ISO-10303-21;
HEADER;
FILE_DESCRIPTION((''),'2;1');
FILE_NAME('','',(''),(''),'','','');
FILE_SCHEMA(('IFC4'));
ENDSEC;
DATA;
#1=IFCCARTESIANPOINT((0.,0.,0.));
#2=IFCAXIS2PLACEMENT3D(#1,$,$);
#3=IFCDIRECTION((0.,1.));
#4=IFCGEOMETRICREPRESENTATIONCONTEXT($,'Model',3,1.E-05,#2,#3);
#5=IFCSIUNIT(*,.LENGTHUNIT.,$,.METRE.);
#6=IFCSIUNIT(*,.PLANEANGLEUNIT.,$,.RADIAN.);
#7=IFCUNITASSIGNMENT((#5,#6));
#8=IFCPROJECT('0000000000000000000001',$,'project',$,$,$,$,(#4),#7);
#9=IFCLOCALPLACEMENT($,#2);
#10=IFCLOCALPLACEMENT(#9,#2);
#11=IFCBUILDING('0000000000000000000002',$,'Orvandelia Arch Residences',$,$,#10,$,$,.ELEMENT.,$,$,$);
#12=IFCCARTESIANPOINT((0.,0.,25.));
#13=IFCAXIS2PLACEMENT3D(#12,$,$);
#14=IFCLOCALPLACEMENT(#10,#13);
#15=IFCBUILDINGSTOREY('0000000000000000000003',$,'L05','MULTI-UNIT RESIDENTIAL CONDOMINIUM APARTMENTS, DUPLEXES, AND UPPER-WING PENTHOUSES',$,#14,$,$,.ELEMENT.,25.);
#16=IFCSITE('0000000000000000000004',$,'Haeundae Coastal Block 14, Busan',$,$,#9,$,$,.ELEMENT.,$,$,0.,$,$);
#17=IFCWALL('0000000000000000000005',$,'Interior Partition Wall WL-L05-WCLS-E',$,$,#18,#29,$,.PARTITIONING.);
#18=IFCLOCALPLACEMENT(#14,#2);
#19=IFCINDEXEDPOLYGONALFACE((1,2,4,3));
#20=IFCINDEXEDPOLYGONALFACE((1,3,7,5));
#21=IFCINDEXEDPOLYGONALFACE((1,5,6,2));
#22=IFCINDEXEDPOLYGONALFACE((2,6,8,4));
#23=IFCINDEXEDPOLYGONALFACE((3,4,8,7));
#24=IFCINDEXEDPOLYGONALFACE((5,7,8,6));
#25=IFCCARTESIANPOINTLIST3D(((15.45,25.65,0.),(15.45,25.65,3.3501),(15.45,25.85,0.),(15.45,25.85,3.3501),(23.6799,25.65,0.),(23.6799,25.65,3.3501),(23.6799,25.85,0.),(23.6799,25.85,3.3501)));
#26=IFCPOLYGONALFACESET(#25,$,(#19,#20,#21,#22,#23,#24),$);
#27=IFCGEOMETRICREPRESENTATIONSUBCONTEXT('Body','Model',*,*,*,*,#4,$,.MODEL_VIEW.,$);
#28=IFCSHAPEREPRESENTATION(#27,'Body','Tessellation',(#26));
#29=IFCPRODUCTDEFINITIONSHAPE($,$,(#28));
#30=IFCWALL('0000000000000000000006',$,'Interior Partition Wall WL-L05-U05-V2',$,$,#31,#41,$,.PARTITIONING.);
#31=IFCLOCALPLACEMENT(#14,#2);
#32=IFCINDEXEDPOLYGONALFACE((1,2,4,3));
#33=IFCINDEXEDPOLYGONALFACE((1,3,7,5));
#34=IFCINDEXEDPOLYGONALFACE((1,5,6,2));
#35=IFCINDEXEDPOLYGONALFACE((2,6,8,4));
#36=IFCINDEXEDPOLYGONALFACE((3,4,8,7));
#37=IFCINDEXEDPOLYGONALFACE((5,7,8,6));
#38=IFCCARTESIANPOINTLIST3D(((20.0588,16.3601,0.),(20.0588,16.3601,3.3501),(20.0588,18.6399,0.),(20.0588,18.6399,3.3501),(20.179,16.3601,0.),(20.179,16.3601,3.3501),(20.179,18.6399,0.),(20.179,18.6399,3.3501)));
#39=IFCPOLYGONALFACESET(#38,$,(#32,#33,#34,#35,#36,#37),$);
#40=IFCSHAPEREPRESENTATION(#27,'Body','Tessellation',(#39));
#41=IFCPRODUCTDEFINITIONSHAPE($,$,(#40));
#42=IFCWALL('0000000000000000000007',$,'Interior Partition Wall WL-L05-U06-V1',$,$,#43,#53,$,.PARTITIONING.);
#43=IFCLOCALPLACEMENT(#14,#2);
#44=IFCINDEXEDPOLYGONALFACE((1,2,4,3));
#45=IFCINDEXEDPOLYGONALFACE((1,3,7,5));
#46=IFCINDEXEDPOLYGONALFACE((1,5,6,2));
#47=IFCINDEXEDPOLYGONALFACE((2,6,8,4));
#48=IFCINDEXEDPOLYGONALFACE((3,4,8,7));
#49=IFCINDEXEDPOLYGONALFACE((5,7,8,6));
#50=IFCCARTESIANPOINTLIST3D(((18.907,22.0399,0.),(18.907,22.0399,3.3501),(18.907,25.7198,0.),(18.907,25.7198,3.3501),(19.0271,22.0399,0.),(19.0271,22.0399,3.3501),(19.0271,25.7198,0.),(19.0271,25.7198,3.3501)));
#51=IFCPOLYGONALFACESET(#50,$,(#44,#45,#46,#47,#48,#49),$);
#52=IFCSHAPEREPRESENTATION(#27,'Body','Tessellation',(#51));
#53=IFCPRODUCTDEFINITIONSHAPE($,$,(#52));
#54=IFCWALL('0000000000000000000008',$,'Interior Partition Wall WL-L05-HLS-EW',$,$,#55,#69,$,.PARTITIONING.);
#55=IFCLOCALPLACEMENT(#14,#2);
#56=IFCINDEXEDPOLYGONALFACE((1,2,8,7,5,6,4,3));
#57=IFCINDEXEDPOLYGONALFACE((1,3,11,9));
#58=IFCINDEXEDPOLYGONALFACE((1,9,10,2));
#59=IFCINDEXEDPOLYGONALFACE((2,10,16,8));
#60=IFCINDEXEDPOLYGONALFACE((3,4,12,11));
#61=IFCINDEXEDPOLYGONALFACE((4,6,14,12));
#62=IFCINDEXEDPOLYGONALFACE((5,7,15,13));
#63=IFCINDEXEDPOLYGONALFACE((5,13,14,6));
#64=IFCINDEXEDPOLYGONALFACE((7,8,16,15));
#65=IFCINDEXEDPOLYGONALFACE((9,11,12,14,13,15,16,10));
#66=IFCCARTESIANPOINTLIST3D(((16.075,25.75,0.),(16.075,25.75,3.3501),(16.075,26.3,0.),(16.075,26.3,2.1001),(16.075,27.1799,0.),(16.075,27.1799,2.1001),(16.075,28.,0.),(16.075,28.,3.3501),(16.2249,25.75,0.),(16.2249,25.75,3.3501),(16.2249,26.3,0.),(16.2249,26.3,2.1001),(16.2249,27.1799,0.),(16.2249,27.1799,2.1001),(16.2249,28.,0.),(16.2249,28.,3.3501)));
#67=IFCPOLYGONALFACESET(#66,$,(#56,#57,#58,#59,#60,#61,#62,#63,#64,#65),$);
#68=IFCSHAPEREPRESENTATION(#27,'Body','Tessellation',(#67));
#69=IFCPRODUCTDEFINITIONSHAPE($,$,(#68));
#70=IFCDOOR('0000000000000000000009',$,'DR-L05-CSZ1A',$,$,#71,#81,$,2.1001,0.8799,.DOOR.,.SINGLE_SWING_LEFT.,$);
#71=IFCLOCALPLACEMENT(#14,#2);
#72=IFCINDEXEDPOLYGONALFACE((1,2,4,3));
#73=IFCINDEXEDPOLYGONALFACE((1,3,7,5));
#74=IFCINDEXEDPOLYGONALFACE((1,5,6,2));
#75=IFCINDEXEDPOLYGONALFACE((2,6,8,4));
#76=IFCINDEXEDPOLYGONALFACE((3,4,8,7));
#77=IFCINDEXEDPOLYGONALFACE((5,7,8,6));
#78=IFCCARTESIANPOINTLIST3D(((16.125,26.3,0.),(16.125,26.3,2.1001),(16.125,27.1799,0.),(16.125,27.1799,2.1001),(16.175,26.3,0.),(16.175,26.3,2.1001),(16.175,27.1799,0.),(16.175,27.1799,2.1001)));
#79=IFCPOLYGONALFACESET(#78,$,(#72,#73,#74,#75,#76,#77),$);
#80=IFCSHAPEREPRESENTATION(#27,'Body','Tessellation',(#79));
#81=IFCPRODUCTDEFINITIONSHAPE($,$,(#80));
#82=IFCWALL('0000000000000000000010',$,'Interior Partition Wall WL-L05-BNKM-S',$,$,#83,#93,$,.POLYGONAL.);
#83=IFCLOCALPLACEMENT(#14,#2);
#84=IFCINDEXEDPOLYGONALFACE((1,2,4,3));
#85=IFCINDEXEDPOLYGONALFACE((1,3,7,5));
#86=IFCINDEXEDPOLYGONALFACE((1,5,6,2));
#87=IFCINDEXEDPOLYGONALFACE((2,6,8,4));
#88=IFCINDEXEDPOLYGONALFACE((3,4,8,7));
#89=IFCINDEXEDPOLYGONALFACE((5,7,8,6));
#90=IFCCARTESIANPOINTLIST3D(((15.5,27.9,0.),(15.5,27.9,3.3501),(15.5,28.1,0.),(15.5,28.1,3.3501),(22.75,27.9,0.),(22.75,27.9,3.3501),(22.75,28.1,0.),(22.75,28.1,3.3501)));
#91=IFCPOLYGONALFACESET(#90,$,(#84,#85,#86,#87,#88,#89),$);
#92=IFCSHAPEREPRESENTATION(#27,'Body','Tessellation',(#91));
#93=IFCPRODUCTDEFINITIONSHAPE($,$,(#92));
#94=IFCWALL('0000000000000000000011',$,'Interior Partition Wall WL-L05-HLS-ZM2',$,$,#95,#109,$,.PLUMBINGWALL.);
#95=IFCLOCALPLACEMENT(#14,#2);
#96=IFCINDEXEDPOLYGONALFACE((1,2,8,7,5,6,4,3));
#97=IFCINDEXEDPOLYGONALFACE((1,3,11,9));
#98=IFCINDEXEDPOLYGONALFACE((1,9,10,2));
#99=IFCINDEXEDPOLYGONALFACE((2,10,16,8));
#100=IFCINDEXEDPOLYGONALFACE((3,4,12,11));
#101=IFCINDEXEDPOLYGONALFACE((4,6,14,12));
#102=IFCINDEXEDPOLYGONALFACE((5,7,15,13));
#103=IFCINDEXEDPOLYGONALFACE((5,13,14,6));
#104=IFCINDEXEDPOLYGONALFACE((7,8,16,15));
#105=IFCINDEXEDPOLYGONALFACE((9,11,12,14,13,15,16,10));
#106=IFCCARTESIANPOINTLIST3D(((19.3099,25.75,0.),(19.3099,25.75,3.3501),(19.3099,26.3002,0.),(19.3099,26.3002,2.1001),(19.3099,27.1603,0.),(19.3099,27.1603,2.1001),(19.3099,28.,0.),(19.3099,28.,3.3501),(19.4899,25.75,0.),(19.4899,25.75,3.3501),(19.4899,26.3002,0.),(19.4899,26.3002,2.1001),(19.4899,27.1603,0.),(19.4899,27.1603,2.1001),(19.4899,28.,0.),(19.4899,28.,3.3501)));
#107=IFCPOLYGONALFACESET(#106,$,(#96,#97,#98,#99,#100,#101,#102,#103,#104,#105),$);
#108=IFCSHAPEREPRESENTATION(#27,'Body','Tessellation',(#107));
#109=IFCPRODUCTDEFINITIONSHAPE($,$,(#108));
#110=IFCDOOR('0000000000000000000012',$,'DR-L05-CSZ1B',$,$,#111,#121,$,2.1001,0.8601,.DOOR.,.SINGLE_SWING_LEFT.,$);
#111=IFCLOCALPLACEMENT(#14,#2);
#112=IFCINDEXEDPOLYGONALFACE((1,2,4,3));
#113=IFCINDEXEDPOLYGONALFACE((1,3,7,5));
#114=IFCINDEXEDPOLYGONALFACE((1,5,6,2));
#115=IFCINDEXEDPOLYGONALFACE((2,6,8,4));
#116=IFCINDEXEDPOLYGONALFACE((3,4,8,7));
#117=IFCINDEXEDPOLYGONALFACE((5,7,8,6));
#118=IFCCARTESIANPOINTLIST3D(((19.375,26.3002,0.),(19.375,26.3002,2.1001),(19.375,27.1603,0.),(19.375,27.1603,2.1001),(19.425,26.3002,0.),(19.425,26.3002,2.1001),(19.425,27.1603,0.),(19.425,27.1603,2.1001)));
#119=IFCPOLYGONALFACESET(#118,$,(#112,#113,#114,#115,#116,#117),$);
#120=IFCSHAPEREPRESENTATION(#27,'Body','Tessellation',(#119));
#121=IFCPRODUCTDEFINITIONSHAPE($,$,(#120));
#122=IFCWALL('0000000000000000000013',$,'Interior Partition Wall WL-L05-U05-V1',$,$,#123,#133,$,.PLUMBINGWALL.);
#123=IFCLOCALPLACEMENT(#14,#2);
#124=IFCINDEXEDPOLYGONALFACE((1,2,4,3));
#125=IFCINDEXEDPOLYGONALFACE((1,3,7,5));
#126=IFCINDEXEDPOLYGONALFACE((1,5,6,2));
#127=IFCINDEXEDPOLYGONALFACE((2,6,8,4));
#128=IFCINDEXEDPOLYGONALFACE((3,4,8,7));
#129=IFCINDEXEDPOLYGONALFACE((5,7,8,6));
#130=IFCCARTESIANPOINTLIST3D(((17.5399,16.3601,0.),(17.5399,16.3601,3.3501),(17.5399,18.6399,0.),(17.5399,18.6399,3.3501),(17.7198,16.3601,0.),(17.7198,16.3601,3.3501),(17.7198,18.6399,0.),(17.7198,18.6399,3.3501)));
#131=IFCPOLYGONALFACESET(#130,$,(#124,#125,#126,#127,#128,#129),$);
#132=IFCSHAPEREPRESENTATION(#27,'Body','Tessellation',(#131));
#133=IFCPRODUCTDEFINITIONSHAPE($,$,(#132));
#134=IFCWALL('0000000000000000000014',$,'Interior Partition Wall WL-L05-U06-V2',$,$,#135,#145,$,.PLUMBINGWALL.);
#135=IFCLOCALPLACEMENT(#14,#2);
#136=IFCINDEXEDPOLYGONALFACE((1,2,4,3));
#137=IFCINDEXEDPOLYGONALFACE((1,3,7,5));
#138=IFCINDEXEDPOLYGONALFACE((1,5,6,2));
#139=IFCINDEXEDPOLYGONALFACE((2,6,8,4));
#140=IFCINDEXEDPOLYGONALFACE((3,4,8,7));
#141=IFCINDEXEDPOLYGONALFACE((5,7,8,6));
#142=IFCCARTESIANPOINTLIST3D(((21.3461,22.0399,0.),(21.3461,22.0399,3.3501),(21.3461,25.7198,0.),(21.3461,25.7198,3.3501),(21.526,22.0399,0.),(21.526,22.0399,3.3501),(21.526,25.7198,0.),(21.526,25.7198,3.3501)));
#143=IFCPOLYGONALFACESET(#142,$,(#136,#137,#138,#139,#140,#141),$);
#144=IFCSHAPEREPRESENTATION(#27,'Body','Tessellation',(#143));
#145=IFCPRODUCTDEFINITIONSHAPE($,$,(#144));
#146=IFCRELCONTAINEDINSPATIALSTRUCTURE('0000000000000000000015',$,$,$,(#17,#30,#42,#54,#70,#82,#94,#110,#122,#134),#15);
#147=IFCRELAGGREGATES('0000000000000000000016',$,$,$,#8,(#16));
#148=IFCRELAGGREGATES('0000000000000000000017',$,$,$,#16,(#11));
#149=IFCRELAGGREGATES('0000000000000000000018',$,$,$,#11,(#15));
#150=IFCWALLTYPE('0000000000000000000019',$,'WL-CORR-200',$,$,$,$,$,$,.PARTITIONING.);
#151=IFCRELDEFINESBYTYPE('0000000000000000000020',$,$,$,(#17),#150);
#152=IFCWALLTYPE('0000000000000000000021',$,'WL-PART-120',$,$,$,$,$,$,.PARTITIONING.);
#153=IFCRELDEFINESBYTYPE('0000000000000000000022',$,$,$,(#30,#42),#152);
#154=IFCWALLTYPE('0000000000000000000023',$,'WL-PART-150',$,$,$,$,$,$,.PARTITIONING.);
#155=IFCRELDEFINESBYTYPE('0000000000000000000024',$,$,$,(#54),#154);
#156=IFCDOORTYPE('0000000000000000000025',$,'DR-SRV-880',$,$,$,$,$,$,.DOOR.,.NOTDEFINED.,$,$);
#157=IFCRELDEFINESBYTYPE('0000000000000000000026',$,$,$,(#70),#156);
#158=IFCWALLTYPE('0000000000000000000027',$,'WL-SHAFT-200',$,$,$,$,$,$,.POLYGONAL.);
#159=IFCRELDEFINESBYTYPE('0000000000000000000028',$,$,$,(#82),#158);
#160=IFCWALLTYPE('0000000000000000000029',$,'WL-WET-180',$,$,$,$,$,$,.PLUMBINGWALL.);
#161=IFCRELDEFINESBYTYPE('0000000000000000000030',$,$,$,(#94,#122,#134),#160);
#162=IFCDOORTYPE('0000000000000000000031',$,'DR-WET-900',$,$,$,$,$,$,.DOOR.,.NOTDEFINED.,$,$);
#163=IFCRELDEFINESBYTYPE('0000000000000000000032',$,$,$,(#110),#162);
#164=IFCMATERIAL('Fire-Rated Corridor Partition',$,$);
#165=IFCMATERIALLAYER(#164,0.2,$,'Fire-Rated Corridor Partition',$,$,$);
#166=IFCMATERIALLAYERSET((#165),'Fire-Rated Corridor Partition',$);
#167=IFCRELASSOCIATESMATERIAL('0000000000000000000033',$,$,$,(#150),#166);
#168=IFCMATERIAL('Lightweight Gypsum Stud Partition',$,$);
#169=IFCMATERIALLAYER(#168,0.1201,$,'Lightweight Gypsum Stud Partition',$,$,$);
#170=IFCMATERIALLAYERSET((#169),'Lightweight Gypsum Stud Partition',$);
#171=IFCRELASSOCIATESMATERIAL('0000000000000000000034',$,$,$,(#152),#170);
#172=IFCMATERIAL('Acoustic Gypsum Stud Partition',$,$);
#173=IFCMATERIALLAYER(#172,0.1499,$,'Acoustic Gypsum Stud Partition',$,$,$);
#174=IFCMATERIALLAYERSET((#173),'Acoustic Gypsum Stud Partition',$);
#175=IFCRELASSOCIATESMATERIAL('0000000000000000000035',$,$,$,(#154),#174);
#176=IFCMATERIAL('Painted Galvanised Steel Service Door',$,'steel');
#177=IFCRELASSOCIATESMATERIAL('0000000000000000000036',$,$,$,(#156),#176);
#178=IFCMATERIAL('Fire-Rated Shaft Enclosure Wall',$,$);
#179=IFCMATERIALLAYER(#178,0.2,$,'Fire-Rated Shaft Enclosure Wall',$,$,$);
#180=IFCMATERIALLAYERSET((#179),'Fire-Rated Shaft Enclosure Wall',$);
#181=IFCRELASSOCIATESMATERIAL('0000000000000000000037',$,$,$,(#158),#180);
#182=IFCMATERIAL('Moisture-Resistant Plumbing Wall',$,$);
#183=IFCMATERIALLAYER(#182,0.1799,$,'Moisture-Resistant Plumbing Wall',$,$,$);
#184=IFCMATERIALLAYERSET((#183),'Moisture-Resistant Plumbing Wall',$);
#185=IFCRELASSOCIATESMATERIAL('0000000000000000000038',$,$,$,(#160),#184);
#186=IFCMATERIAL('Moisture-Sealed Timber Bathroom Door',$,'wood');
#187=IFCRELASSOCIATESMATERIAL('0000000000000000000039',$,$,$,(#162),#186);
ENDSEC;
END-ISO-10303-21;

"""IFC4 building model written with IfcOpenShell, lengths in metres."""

from ifc_helpers import new_model, si_unit, direction, frame, frame_2d, origin, place, context, subcontext, project, spatial, rectangle, extrude, material, layer, layer_set, type_object, element, fill, save


model = new_model("IFC4")

# Units and contexts
model_context = context("Model", 3, precision=1e-05, world=origin(), true_north=direction((0.0, 1.0)))
body_context = subcontext(model_context, "Body", "Model", "MODEL_VIEW")
ifc_project = project(units=[si_unit("LENGTHUNIT", "METRE"), si_unit("PLANEANGLEUNIT", "RADIAN")], contexts=[model_context])

# Site, building, storey
site_placement = place(None, origin())
site = spatial("IfcSite", under=ifc_project, at=site_placement, Name="Haeundae Coastal Block 14, Busan", CompositionType="ELEMENT", RefElevation=0.0)
building_placement = place(site_placement, origin())
building = spatial("IfcBuilding", under=site, at=building_placement, Name="Orvandelia Arch Residences", CompositionType="ELEMENT")
storey_placement = place(building_placement, frame((0.0, 0.0, 25.0)))
storey = spatial("IfcBuildingStorey", under=building, at=storey_placement, Name="L05", Description="MULTI-UNIT RESIDENTIAL CONDOMINIUM APARTMENTS, DUPLEXES, AND UPPER-WING PENTHOUSES", CompositionType="ELEMENT", Elevation=25.0)

# Walls
ifc_material_1 = material(Name="Fire-Rated Corridor Partition")
ifc_layer_1 = layer(ifc_material_1, 0.2, Name="Fire-Rated Corridor Partition")
ifc_layer_set_1 = layer_set([ifc_layer_1], Name="Fire-Rated Corridor Partition")
wall_type_1 = type_object("IfcWallType", Name="WL-CORR-200", PredefinedType="PARTITIONING", material=ifc_layer_set_1)
wall_1_placement = place(storey_placement, frame((15.45, 25.75, 0.0), z_axis=(0.0, 0.0, 1.0), x_axis=(1.0, 0.0, 0.0)))
element("IfcWall", 1, at=wall_1_placement, inside=storey, type_object=wall_type_1, Name="Interior Partition Wall WL-L05-WCLS-E", PredefinedType="PARTITIONING", context=body_context, shape_type="SweptSolid", body=[
    extrude(rectangle(XDim=8.23, YDim=0.2, at=frame_2d((4.115, 0.0))), origin(), (0.0, 0.0, 1.0), 3.3501),
])
ifc_material_2 = material(Name="Lightweight Gypsum Stud Partition")
ifc_layer_2 = layer(ifc_material_2, 0.1201, Name="Lightweight Gypsum Stud Partition")
ifc_layer_set_2 = layer_set([ifc_layer_2], Name="Lightweight Gypsum Stud Partition")
wall_type_2 = type_object("IfcWallType", Name="WL-PART-120", PredefinedType="PARTITIONING", material=ifc_layer_set_2)
wall_2_placement = place(storey_placement, frame((20.1189, 16.3601, 0.0), z_axis=(0.0, 0.0, 1.0), x_axis=(0.0, 1.0, 0.0)))
element("IfcWall", 2, at=wall_2_placement, inside=storey, type_object=wall_type_2, Name="Interior Partition Wall WL-L05-U05-V2", PredefinedType="PARTITIONING", context=body_context, shape_type="SweptSolid", body=[
    extrude(rectangle(XDim=2.2798, YDim=0.1201, at=frame_2d((1.1399, 0.0))), origin(), (0.0, 0.0, 1.0), 3.3501),
])
wall_3_placement = place(storey_placement, frame((18.967, 22.04, 0.0), z_axis=(0.0, 0.0, 1.0), x_axis=(0.0, 1.0, 0.0)))
element("IfcWall", 3, at=wall_3_placement, inside=storey, type_object=wall_type_2, Name="Interior Partition Wall WL-L05-U06-V1", PredefinedType="PARTITIONING", context=body_context, shape_type="SweptSolid", body=[
    extrude(rectangle(XDim=3.6799, YDim=0.1201, at=frame_2d((1.8398, 0.0))), origin(), (0.0, 0.0, 1.0), 3.3501),
])

# Wall, opening, door
ifc_material_3 = material(Name="Acoustic Gypsum Stud Partition")
ifc_layer_3 = layer(ifc_material_3, 0.1499, Name="Acoustic Gypsum Stud Partition")
ifc_layer_set_3 = layer_set([ifc_layer_3], Name="Acoustic Gypsum Stud Partition")
wall_type_3 = type_object("IfcWallType", Name="WL-PART-150", PredefinedType="PARTITIONING", material=ifc_layer_set_3)
wall_4_placement = place(storey_placement, frame((16.1499, 25.75, 0.0), z_axis=(0.0, 0.0, 1.0), x_axis=(0.0, 1.0, 0.0)))
wall_4 = element("IfcWall", 4, at=wall_4_placement, inside=storey, type_object=wall_type_3, Name="Interior Partition Wall WL-L05-HLS-EW", PredefinedType="PARTITIONING", context=body_context, shape_type="SweptSolid", body=[
    extrude(rectangle(XDim=2.25, YDim=0.1499, at=frame_2d((1.125, 0.0))), origin(), (0.0, 0.0, 1.0), 3.3501),
])
opening_1_placement = place(wall_4_placement, frame((0.55, 0.0, 0.0)))
opening_1 = element("IfcOpeningElement", 5, at=opening_1_placement, cuts=wall_4, PredefinedType="OPENING", context=body_context, shape_type="SweptSolid", body=[
    extrude(rectangle(XDim=0.8799, YDim=2.1001, at=frame_2d((0.4399, 1.05))), frame((0.0, 0.085, 0.0), z_axis=(0.0, -1.0, 0.0), x_axis=(1.0, 0.0, 0.0)), (0.0, 0.0, 1.0), 0.1699),
])
ifc_material_4 = material(Name="Painted Galvanised Steel Service Door", Category="steel")
door_type_1 = type_object("IfcDoorType", Name="DR-SRV-880", OperationType="NOTDEFINED", PredefinedType="DOOR", material=ifc_material_4)
door_1_placement = place(opening_1_placement, origin())
door_1 = element("IfcDoor", 6, at=door_1_placement, inside=storey, type_object=door_type_1, Name="DR-L05-CSZ1A", OperationType="SINGLE_SWING_LEFT", OverallHeight=2.1001, OverallWidth=0.8799, PredefinedType="DOOR", context=body_context, shape_type="SweptSolid", body=[
    extrude(rectangle(XDim=0.8799, YDim=2.1001, at=frame_2d((0.4399, 1.05))), frame((0.0, 0.0249, 0.0), z_axis=(0.0, -1.0, 0.0), x_axis=(1.0, 0.0, 0.0)), (0.0, 0.0, 1.0), 0.05),
])
fill(opening_1, door_1)

# Wall
ifc_material_5 = material(Name="Fire-Rated Shaft Enclosure Wall")
ifc_layer_4 = layer(ifc_material_5, 0.2, Name="Fire-Rated Shaft Enclosure Wall")
ifc_layer_set_4 = layer_set([ifc_layer_4], Name="Fire-Rated Shaft Enclosure Wall")
wall_type_4 = type_object("IfcWallType", Name="WL-SHAFT-200", PredefinedType="POLYGONAL", material=ifc_layer_set_4)
wall_5_placement = place(storey_placement, frame((15.5, 28.0, 0.0), z_axis=(0.0, 0.0, 1.0), x_axis=(1.0, 0.0, 0.0)))
element("IfcWall", 7, at=wall_5_placement, inside=storey, type_object=wall_type_4, Name="Interior Partition Wall WL-L05-BNKM-S", PredefinedType="POLYGONAL", context=body_context, shape_type="SweptSolid", body=[
    extrude(rectangle(XDim=7.25, YDim=0.2, at=frame_2d((3.625, 0.0))), origin(), (0.0, 0.0, 1.0), 3.3501),
])

# Wall, opening, door
ifc_material_6 = material(Name="Moisture-Resistant Plumbing Wall")
ifc_layer_5 = layer(ifc_material_6, 0.1799, Name="Moisture-Resistant Plumbing Wall")
ifc_layer_set_5 = layer_set([ifc_layer_5], Name="Moisture-Resistant Plumbing Wall")
wall_type_5 = type_object("IfcWallType", Name="WL-WET-180", PredefinedType="PLUMBINGWALL", material=ifc_layer_set_5)
wall_6_placement = place(storey_placement, frame((19.3999, 25.75, 0.0), z_axis=(0.0, 0.0, 1.0), x_axis=(0.0, 1.0, 0.0)))
wall_6 = element("IfcWall", 8, at=wall_6_placement, inside=storey, type_object=wall_type_5, Name="Interior Partition Wall WL-L05-HLS-ZM2", PredefinedType="PLUMBINGWALL", context=body_context, shape_type="SweptSolid", body=[
    extrude(rectangle(XDim=2.25, YDim=0.1799, at=frame_2d((1.125, 0.0))), origin(), (0.0, 0.0, 1.0), 3.3501),
])
opening_2_placement = place(wall_6_placement, frame((0.55, 0.0, 0.0)))
opening_2 = element("IfcOpeningElement", 9, at=opening_2_placement, cuts=wall_6, PredefinedType="OPENING", context=body_context, shape_type="SweptSolid", body=[
    extrude(rectangle(XDim=0.8601, YDim=2.1001, at=frame_2d((0.4302, 1.05))), frame((0.0, 0.1001, 0.0), z_axis=(0.0, -1.0, 0.0), x_axis=(1.0, 0.0, 0.0)), (0.0, 0.0, 1.0), 0.2),
])
ifc_material_7 = material(Name="Moisture-Sealed Timber Bathroom Door", Category="wood")
door_type_2 = type_object("IfcDoorType", Name="DR-WET-900", OperationType="NOTDEFINED", PredefinedType="DOOR", material=ifc_material_7)
door_2_placement = place(opening_2_placement, origin())
door_2 = element("IfcDoor", 10, at=door_2_placement, inside=storey, type_object=door_type_2, Name="DR-L05-CSZ1B", OperationType="SINGLE_SWING_LEFT", OverallHeight=2.1001, OverallWidth=0.8601, PredefinedType="DOOR", context=body_context, shape_type="SweptSolid", body=[
    extrude(rectangle(XDim=0.8601, YDim=2.1001, at=frame_2d((0.4302, 1.05))), frame((0.0, 0.0249, 0.0), z_axis=(0.0, -1.0, 0.0), x_axis=(1.0, 0.0, 0.0)), (0.0, 0.0, 1.0), 0.05),
])
fill(opening_2, door_2)

# Wall
wall_7_placement = place(storey_placement, frame((17.6299, 16.3601, 0.0), z_axis=(0.0, 0.0, 1.0), x_axis=(0.0, 1.0, 0.0)))
element("IfcWall", 11, at=wall_7_placement, inside=storey, type_object=wall_type_5, Name="Interior Partition Wall WL-L05-U05-V1", PredefinedType="PLUMBINGWALL", context=body_context, shape_type="SweptSolid", body=[
    extrude(rectangle(XDim=2.2798, YDim=0.1799, at=frame_2d((1.1399, 0.0))), origin(), (0.0, 0.0, 1.0), 3.3501),
])

# Wall
wall_8_placement = place(storey_placement, frame((21.436, 22.04, 0.0), z_axis=(0.0, 0.0, 1.0), x_axis=(0.0, 1.0, 0.0)))
element("IfcWall", 12, at=wall_8_placement, inside=storey, type_object=wall_type_5, Name="Interior Partition Wall WL-L05-U06-V2", PredefinedType="PLUMBINGWALL", context=body_context, shape_type="SweptSolid", body=[
    extrude(rectangle(XDim=3.6799, YDim=0.1799, at=frame_2d((1.8398, 0.0))), origin(), (0.0, 0.0, 1.0), 3.3501),
])

save(model, "model.ifc")
